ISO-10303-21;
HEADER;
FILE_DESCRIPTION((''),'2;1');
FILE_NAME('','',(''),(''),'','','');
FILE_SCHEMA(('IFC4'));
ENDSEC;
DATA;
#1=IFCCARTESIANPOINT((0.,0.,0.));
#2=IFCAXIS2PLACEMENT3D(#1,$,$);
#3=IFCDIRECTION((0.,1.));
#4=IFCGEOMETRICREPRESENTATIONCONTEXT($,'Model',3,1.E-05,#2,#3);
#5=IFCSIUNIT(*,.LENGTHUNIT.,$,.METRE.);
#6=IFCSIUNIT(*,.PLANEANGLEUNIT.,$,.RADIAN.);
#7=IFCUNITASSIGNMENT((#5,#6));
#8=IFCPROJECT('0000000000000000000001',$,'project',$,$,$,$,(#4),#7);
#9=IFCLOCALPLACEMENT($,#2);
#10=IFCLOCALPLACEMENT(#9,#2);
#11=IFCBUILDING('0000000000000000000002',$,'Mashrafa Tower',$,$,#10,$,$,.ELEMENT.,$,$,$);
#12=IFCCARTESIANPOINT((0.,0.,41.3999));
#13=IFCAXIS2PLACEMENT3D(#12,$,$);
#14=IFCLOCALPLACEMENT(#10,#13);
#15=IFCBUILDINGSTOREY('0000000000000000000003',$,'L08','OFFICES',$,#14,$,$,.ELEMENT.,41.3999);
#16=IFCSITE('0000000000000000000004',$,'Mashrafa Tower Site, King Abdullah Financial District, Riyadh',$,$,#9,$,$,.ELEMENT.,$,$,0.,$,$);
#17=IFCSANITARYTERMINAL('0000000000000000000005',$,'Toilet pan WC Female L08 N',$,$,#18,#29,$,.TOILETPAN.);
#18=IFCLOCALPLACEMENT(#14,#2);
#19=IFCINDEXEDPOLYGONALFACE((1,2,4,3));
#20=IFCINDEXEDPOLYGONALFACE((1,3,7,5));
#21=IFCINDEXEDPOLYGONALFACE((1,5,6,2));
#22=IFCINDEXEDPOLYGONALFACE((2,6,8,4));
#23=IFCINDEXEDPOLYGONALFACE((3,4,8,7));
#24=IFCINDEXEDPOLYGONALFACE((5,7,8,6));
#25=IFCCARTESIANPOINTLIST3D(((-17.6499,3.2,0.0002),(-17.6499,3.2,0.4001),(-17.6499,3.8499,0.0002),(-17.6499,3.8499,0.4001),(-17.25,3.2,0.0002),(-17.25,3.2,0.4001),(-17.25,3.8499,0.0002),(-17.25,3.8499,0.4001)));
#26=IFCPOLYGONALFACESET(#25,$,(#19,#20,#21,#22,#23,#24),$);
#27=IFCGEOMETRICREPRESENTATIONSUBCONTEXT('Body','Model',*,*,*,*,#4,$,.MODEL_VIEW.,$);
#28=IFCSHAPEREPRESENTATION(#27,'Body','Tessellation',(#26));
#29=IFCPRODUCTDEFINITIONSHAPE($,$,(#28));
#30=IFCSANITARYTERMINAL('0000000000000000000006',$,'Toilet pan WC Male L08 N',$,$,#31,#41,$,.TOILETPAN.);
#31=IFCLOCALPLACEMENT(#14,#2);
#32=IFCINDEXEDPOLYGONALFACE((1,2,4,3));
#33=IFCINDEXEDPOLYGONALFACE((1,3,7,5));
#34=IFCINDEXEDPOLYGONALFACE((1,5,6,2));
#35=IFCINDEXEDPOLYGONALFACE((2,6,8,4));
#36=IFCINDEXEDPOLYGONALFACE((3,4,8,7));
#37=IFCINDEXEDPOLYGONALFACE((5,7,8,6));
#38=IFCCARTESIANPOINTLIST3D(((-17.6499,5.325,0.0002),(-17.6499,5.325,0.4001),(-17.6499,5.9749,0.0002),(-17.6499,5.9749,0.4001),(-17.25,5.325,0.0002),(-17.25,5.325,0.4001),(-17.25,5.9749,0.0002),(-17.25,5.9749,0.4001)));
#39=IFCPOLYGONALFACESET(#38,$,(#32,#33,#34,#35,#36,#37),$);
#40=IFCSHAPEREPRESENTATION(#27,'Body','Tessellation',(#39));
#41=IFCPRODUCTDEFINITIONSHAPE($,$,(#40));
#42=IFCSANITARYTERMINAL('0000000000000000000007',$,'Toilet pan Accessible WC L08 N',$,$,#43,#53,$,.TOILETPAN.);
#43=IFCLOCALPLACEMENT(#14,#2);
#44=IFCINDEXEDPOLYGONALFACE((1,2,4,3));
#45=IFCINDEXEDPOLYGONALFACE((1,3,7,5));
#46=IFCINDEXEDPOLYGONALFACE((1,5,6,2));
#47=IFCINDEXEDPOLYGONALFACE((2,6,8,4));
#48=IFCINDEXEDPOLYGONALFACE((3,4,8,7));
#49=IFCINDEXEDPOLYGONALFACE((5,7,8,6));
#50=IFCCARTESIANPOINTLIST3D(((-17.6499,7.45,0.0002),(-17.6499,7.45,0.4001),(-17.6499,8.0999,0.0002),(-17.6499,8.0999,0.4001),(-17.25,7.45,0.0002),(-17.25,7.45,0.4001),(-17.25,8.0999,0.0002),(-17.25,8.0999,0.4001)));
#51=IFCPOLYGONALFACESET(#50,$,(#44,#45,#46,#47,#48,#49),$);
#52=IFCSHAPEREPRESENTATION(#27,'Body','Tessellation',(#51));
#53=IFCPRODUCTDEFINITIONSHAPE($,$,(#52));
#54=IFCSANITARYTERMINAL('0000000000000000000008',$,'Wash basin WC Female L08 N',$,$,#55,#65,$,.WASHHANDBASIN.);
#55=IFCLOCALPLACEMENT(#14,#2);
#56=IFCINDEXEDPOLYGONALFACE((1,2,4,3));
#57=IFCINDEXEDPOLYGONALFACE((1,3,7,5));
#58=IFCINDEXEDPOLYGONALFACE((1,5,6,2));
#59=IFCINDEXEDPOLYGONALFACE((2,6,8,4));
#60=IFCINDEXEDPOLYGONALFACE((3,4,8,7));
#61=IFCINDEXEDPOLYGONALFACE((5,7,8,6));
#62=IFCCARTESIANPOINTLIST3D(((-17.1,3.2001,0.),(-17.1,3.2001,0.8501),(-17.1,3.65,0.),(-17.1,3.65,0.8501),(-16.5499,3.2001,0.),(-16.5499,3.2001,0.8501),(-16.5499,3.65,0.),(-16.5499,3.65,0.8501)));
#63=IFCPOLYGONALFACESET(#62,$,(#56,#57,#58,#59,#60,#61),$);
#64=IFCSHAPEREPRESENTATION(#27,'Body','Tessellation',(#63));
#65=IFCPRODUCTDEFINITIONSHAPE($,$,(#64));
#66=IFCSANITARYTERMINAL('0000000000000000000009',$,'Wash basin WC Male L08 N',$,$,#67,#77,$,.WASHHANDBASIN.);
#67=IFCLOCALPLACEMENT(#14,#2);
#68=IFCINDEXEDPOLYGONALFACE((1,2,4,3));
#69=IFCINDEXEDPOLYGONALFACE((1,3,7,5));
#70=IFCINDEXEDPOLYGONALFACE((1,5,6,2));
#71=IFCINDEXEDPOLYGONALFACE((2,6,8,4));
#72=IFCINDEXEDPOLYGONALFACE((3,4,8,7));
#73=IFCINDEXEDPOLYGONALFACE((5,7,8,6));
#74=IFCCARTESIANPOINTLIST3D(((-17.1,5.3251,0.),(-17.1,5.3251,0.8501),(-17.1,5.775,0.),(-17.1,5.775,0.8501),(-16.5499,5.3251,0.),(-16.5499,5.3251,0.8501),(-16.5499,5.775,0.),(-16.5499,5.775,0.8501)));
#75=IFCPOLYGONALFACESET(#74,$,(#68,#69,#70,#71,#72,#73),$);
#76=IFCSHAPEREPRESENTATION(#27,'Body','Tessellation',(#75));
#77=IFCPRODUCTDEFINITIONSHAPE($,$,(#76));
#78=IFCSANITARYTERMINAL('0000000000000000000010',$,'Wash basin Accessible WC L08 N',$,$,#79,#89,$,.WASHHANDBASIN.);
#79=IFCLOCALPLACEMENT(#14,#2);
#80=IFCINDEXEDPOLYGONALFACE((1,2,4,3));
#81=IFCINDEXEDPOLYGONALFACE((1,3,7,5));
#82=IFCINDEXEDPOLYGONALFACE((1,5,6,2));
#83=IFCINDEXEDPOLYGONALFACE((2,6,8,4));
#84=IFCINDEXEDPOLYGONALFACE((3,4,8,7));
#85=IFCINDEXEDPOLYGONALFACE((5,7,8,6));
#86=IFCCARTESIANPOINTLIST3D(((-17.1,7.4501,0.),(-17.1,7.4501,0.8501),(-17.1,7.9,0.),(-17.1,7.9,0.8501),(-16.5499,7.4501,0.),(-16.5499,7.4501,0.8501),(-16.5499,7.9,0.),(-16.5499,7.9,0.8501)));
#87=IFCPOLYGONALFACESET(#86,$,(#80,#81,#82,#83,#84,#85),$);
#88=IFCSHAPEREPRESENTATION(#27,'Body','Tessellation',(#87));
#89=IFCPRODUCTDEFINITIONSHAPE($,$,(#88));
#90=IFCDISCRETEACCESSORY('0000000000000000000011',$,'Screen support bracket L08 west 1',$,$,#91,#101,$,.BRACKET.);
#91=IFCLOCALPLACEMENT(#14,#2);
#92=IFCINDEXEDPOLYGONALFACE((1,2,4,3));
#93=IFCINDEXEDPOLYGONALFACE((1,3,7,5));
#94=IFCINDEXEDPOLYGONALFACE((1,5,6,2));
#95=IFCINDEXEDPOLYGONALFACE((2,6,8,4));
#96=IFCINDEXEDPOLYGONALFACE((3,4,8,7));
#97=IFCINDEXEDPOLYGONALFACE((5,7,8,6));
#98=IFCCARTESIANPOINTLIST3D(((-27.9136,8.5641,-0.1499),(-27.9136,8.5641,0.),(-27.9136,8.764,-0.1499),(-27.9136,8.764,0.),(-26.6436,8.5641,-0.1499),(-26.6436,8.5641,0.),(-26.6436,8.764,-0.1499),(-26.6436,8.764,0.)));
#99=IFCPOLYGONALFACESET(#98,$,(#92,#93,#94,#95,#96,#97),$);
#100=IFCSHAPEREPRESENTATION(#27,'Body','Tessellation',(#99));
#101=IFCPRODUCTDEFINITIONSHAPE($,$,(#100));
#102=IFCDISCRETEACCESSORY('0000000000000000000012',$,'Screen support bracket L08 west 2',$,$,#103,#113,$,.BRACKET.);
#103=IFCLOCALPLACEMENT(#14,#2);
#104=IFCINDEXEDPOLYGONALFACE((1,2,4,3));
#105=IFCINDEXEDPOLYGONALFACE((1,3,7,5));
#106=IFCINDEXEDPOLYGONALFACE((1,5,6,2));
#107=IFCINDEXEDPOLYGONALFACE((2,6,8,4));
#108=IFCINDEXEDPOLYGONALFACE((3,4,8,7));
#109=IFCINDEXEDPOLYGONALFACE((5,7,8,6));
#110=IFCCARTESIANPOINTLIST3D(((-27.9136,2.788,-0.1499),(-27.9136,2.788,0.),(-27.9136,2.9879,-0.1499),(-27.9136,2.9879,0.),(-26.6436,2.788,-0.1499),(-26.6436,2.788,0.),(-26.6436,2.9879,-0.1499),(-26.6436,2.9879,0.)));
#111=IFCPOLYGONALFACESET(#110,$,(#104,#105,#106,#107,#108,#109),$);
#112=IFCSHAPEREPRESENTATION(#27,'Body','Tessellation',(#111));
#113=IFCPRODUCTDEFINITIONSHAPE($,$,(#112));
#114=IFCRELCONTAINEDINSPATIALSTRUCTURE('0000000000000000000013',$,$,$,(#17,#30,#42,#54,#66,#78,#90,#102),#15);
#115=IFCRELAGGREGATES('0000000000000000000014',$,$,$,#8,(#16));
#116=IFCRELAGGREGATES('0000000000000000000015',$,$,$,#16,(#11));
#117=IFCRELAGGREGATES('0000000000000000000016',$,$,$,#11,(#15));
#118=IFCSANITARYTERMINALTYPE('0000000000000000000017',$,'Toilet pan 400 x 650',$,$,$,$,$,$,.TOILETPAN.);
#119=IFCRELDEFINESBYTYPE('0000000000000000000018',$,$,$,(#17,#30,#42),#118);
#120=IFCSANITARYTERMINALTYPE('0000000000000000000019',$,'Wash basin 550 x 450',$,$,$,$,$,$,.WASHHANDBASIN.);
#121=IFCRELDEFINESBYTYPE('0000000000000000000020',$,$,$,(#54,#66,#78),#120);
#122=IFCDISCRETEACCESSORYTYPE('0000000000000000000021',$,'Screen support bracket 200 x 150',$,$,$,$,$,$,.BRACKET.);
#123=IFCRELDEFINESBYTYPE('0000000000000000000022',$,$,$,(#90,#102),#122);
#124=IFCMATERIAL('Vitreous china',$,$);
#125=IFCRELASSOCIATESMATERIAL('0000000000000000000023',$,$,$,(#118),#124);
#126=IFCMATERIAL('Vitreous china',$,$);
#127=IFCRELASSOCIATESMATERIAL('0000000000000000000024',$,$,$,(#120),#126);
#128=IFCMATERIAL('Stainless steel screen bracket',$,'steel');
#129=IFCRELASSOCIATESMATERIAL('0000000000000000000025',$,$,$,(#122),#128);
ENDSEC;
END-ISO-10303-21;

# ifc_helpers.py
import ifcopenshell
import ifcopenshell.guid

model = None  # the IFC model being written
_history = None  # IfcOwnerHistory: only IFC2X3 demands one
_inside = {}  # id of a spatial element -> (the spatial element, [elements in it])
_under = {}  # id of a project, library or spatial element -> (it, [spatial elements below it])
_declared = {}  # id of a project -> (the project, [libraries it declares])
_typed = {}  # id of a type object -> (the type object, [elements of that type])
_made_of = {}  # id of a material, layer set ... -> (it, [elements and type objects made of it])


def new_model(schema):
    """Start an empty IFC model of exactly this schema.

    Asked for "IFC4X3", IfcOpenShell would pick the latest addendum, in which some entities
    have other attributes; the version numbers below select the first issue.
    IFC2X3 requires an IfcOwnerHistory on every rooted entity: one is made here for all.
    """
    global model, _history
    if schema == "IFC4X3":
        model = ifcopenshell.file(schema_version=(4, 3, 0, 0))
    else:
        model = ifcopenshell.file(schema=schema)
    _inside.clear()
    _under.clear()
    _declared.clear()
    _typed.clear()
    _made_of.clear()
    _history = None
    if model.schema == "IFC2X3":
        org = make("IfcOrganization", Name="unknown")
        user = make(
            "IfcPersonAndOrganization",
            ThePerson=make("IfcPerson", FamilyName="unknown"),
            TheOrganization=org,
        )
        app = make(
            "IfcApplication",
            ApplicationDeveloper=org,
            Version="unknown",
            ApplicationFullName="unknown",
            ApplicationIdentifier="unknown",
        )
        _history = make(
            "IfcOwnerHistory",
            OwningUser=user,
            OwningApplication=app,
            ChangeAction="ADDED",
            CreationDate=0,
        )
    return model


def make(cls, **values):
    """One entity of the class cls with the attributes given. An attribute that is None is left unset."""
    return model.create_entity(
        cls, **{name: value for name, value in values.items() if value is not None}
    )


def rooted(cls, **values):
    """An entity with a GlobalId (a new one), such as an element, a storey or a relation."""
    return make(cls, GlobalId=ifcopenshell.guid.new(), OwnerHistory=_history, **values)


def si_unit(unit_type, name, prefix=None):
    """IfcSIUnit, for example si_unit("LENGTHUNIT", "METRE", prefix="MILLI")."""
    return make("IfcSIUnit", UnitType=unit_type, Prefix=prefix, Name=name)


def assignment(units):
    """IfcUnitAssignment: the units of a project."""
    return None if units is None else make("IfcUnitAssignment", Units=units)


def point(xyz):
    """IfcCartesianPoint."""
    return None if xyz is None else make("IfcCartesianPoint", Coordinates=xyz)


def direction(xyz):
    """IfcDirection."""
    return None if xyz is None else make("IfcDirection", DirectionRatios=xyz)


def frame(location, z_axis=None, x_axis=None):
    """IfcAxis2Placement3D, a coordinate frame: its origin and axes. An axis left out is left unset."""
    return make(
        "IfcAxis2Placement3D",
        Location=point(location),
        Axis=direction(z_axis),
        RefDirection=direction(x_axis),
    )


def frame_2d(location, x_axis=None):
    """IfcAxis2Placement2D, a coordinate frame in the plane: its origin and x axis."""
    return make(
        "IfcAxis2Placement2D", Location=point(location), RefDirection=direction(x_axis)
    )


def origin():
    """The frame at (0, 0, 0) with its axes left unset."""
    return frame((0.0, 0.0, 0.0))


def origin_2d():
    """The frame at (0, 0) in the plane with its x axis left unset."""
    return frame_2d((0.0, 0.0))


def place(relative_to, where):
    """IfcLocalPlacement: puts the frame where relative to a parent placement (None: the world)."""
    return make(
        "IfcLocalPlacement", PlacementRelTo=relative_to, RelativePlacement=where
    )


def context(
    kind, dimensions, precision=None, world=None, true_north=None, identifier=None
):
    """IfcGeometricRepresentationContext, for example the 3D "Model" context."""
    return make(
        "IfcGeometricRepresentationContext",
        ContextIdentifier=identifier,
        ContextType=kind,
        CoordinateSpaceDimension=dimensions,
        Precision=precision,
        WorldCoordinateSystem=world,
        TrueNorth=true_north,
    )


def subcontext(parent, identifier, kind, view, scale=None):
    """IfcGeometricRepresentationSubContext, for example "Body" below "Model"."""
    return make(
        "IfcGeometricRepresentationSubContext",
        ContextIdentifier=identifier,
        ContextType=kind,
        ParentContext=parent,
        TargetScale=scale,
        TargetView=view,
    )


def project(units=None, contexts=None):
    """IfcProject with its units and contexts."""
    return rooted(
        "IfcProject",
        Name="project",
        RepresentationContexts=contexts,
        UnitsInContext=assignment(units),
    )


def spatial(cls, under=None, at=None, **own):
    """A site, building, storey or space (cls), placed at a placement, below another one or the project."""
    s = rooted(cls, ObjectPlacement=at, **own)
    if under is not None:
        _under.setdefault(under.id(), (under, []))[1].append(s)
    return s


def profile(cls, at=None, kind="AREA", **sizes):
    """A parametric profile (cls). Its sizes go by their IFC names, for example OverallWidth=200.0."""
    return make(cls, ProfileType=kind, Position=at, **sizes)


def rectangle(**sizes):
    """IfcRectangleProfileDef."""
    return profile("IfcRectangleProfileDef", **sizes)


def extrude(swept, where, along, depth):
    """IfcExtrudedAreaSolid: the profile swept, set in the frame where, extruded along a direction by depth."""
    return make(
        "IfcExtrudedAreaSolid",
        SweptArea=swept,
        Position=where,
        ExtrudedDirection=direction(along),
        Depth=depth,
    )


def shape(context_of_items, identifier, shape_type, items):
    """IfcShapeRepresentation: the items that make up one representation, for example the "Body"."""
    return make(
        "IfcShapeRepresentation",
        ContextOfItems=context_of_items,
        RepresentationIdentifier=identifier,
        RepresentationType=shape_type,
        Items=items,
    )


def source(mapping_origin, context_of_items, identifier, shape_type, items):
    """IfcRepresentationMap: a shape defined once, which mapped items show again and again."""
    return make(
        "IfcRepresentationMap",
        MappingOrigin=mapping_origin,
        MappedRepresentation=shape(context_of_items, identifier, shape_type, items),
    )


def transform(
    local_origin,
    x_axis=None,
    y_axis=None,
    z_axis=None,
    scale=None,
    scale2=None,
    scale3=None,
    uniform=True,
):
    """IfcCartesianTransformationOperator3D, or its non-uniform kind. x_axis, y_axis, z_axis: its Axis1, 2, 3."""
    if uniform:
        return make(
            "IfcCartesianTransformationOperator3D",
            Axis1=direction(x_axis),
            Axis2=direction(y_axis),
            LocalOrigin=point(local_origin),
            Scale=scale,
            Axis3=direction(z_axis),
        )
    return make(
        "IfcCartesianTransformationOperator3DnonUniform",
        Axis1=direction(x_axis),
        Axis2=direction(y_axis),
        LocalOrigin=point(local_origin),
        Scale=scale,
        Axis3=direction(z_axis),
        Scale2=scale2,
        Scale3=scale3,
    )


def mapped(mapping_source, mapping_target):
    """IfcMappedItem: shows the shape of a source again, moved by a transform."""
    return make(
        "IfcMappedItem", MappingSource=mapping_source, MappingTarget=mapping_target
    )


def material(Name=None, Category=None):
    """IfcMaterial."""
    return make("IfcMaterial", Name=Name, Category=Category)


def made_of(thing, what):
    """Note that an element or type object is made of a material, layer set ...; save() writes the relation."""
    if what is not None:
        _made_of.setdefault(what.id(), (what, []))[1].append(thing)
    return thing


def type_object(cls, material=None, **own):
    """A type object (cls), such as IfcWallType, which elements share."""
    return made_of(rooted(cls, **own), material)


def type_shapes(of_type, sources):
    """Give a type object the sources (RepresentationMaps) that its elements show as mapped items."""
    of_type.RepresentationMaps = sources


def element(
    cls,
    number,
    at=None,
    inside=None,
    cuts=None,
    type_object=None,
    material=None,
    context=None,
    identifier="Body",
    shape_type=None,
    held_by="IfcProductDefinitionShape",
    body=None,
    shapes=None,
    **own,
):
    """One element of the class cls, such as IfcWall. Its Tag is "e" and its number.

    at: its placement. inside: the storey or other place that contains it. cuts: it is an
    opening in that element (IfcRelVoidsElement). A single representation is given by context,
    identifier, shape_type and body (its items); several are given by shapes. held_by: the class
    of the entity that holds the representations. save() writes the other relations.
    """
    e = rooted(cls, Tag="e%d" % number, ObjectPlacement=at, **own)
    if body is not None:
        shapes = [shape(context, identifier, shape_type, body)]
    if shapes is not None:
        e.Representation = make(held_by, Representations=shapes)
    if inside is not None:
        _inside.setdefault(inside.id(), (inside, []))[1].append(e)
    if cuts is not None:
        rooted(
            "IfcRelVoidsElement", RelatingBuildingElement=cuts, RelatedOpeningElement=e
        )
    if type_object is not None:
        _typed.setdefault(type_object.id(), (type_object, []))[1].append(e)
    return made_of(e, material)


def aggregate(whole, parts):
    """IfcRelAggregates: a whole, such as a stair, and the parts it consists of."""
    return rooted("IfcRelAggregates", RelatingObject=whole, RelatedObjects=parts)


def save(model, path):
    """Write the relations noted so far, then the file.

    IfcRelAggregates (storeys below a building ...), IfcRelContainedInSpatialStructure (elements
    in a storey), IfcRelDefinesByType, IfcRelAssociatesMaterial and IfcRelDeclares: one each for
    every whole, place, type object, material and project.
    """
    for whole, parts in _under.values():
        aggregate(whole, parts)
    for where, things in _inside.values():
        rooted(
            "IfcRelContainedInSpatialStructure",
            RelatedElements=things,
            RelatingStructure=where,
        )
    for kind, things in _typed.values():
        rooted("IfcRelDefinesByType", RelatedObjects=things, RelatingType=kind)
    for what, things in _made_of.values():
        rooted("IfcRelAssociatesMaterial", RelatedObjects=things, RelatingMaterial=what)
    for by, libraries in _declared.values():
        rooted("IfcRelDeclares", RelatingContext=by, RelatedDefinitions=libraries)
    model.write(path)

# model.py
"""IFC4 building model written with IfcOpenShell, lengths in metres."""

from ifc_helpers import new_model, si_unit, direction, frame, origin, origin_2d, place, context, subcontext, project, spatial, rectangle, extrude, source, transform, mapped, material, type_object, type_shapes, element, save


model = new_model("IFC4")

# Units and contexts
model_context = context("Model", 3, precision=1e-05, world=origin(), true_north=direction((0.0, 1.0)))
body_context = subcontext(model_context, "Body", "Model", "MODEL_VIEW")
ifc_project = project(units=[si_unit("LENGTHUNIT", "METRE"), si_unit("PLANEANGLEUNIT", "RADIAN")], contexts=[model_context])

# Site, building, storey
site_placement = place(None, origin())
site = spatial("IfcSite", under=ifc_project, at=site_placement, Name="Mashrafa Tower Site, King Abdullah Financial District, Riyadh", CompositionType="ELEMENT", RefElevation=0.0)
building_placement = place(site_placement, origin())
building = spatial("IfcBuilding", under=site, at=building_placement, Name="Mashrafa Tower", CompositionType="ELEMENT")
storey_placement = place(building_placement, frame((0.0, 0.0, 41.3999)))
storey = spatial("IfcBuildingStorey", under=building, at=storey_placement, Name="L08", Description="OFFICES", CompositionType="ELEMENT", Elevation=41.3999)

# Sanitary terminals
ifc_material_1 = material(Name="Vitreous china")
sanitary_terminal_type_1 = type_object("IfcSanitaryTerminalType", Name="Toilet pan 400 x 650", PredefinedType="TOILETPAN", material=ifc_material_1)
for number, where, z_axis, x_axis, name in (
    (1, (-17.45, 3.5249, 0.0002), (0.0, 0.0, 1.0), (1.0, 0.0, 0.0), "Toilet pan WC Female L08 N"),
    (2, (-17.45, 5.6499, 0.0002), (0.0, 0.0, 1.0), (1.0, 0.0, 0.0), "Toilet pan WC Male L08 N"),
    (3, (-17.45, 7.7749, 0.0002), (0.0, 0.0, 1.0), (1.0, 0.0, 0.0), "Toilet pan Accessible WC L08 N"),
):
    element("IfcSanitaryTerminal", number, at=place(storey_placement, frame(where, z_axis=z_axis, x_axis=x_axis)), inside=storey, type_object=sanitary_terminal_type_1, Name=name, PredefinedType="TOILETPAN", context=body_context, shape_type="SweptSolid", body=[
        extrude(rectangle(XDim=0.3999, YDim=0.6499, at=origin_2d()), origin(), (0.0, 0.0, 1.0), 0.3999),
    ])
ifc_material_2 = material(Name="Vitreous china")
sanitary_terminal_type_2 = type_object("IfcSanitaryTerminalType", Name="Wash basin 550 x 450", PredefinedType="WASHHANDBASIN", material=ifc_material_2)
for number, where, z_axis, x_axis, name in (
    (4, (-16.825, 3.425, 0.0), (0.0, 0.0, 1.0), (1.0, 0.0, 0.0), "Wash basin WC Female L08 N"),
    (5, (-16.825, 5.55, 0.0), (0.0, 0.0, 1.0), (1.0, 0.0, 0.0), "Wash basin WC Male L08 N"),
    (6, (-16.825, 7.675, 0.0), (0.0, 0.0, 1.0), (1.0, 0.0, 0.0), "Wash basin Accessible WC L08 N"),
):
    element("IfcSanitaryTerminal", number, at=place(storey_placement, frame(where, z_axis=z_axis, x_axis=x_axis)), inside=storey, type_object=sanitary_terminal_type_2, Name=name, PredefinedType="WASHHANDBASIN", context=body_context, shape_type="SweptSolid", body=[
        extrude(rectangle(XDim=0.55, YDim=0.45, at=origin_2d()), origin(), (0.0, 0.0, 1.0), 0.8501),
    ])

# Discrete accessories
ifc_material_3 = material(Name="Stainless steel screen bracket", Category="steel")
discrete_accessory_type = type_object("IfcDiscreteAccessoryType", Name="Screen support bracket 200 x 150", PredefinedType="BRACKET", material=ifc_material_3)
shared_shape_1 = source(origin(), body_context, "Body", "SweptSolid", [
    extrude(rectangle(XDim=0.2, YDim=1.27, at=origin_2d()), origin(), (0.0, 0.0, 1.0), 0.1499),
])
type_shapes(discrete_accessory_type, [shared_shape_1])
for number, where, z_axis, x_axis, name in (
    (7, (-27.2786, 8.6641, -0.1499), (0.0, 0.0, 1.0), (0.0, -1.0, 0.0), "Screen support bracket L08 west 1"),
    (8, (-27.2786, 2.8879, -0.1499), (0.0, 0.0, 1.0), (0.0, -1.0, 0.0), "Screen support bracket L08 west 2"),
):
    element("IfcDiscreteAccessory", number, at=place(storey_placement, frame(where, z_axis=z_axis, x_axis=x_axis)), inside=storey, type_object=discrete_accessory_type, Name=name, PredefinedType="BRACKET", context=body_context, shape_type="MappedRepresentation", body=[
        mapped(shared_shape_1, transform((0.0, 0.0, 0.0))),
    ])

save(model, "model.ifc")
